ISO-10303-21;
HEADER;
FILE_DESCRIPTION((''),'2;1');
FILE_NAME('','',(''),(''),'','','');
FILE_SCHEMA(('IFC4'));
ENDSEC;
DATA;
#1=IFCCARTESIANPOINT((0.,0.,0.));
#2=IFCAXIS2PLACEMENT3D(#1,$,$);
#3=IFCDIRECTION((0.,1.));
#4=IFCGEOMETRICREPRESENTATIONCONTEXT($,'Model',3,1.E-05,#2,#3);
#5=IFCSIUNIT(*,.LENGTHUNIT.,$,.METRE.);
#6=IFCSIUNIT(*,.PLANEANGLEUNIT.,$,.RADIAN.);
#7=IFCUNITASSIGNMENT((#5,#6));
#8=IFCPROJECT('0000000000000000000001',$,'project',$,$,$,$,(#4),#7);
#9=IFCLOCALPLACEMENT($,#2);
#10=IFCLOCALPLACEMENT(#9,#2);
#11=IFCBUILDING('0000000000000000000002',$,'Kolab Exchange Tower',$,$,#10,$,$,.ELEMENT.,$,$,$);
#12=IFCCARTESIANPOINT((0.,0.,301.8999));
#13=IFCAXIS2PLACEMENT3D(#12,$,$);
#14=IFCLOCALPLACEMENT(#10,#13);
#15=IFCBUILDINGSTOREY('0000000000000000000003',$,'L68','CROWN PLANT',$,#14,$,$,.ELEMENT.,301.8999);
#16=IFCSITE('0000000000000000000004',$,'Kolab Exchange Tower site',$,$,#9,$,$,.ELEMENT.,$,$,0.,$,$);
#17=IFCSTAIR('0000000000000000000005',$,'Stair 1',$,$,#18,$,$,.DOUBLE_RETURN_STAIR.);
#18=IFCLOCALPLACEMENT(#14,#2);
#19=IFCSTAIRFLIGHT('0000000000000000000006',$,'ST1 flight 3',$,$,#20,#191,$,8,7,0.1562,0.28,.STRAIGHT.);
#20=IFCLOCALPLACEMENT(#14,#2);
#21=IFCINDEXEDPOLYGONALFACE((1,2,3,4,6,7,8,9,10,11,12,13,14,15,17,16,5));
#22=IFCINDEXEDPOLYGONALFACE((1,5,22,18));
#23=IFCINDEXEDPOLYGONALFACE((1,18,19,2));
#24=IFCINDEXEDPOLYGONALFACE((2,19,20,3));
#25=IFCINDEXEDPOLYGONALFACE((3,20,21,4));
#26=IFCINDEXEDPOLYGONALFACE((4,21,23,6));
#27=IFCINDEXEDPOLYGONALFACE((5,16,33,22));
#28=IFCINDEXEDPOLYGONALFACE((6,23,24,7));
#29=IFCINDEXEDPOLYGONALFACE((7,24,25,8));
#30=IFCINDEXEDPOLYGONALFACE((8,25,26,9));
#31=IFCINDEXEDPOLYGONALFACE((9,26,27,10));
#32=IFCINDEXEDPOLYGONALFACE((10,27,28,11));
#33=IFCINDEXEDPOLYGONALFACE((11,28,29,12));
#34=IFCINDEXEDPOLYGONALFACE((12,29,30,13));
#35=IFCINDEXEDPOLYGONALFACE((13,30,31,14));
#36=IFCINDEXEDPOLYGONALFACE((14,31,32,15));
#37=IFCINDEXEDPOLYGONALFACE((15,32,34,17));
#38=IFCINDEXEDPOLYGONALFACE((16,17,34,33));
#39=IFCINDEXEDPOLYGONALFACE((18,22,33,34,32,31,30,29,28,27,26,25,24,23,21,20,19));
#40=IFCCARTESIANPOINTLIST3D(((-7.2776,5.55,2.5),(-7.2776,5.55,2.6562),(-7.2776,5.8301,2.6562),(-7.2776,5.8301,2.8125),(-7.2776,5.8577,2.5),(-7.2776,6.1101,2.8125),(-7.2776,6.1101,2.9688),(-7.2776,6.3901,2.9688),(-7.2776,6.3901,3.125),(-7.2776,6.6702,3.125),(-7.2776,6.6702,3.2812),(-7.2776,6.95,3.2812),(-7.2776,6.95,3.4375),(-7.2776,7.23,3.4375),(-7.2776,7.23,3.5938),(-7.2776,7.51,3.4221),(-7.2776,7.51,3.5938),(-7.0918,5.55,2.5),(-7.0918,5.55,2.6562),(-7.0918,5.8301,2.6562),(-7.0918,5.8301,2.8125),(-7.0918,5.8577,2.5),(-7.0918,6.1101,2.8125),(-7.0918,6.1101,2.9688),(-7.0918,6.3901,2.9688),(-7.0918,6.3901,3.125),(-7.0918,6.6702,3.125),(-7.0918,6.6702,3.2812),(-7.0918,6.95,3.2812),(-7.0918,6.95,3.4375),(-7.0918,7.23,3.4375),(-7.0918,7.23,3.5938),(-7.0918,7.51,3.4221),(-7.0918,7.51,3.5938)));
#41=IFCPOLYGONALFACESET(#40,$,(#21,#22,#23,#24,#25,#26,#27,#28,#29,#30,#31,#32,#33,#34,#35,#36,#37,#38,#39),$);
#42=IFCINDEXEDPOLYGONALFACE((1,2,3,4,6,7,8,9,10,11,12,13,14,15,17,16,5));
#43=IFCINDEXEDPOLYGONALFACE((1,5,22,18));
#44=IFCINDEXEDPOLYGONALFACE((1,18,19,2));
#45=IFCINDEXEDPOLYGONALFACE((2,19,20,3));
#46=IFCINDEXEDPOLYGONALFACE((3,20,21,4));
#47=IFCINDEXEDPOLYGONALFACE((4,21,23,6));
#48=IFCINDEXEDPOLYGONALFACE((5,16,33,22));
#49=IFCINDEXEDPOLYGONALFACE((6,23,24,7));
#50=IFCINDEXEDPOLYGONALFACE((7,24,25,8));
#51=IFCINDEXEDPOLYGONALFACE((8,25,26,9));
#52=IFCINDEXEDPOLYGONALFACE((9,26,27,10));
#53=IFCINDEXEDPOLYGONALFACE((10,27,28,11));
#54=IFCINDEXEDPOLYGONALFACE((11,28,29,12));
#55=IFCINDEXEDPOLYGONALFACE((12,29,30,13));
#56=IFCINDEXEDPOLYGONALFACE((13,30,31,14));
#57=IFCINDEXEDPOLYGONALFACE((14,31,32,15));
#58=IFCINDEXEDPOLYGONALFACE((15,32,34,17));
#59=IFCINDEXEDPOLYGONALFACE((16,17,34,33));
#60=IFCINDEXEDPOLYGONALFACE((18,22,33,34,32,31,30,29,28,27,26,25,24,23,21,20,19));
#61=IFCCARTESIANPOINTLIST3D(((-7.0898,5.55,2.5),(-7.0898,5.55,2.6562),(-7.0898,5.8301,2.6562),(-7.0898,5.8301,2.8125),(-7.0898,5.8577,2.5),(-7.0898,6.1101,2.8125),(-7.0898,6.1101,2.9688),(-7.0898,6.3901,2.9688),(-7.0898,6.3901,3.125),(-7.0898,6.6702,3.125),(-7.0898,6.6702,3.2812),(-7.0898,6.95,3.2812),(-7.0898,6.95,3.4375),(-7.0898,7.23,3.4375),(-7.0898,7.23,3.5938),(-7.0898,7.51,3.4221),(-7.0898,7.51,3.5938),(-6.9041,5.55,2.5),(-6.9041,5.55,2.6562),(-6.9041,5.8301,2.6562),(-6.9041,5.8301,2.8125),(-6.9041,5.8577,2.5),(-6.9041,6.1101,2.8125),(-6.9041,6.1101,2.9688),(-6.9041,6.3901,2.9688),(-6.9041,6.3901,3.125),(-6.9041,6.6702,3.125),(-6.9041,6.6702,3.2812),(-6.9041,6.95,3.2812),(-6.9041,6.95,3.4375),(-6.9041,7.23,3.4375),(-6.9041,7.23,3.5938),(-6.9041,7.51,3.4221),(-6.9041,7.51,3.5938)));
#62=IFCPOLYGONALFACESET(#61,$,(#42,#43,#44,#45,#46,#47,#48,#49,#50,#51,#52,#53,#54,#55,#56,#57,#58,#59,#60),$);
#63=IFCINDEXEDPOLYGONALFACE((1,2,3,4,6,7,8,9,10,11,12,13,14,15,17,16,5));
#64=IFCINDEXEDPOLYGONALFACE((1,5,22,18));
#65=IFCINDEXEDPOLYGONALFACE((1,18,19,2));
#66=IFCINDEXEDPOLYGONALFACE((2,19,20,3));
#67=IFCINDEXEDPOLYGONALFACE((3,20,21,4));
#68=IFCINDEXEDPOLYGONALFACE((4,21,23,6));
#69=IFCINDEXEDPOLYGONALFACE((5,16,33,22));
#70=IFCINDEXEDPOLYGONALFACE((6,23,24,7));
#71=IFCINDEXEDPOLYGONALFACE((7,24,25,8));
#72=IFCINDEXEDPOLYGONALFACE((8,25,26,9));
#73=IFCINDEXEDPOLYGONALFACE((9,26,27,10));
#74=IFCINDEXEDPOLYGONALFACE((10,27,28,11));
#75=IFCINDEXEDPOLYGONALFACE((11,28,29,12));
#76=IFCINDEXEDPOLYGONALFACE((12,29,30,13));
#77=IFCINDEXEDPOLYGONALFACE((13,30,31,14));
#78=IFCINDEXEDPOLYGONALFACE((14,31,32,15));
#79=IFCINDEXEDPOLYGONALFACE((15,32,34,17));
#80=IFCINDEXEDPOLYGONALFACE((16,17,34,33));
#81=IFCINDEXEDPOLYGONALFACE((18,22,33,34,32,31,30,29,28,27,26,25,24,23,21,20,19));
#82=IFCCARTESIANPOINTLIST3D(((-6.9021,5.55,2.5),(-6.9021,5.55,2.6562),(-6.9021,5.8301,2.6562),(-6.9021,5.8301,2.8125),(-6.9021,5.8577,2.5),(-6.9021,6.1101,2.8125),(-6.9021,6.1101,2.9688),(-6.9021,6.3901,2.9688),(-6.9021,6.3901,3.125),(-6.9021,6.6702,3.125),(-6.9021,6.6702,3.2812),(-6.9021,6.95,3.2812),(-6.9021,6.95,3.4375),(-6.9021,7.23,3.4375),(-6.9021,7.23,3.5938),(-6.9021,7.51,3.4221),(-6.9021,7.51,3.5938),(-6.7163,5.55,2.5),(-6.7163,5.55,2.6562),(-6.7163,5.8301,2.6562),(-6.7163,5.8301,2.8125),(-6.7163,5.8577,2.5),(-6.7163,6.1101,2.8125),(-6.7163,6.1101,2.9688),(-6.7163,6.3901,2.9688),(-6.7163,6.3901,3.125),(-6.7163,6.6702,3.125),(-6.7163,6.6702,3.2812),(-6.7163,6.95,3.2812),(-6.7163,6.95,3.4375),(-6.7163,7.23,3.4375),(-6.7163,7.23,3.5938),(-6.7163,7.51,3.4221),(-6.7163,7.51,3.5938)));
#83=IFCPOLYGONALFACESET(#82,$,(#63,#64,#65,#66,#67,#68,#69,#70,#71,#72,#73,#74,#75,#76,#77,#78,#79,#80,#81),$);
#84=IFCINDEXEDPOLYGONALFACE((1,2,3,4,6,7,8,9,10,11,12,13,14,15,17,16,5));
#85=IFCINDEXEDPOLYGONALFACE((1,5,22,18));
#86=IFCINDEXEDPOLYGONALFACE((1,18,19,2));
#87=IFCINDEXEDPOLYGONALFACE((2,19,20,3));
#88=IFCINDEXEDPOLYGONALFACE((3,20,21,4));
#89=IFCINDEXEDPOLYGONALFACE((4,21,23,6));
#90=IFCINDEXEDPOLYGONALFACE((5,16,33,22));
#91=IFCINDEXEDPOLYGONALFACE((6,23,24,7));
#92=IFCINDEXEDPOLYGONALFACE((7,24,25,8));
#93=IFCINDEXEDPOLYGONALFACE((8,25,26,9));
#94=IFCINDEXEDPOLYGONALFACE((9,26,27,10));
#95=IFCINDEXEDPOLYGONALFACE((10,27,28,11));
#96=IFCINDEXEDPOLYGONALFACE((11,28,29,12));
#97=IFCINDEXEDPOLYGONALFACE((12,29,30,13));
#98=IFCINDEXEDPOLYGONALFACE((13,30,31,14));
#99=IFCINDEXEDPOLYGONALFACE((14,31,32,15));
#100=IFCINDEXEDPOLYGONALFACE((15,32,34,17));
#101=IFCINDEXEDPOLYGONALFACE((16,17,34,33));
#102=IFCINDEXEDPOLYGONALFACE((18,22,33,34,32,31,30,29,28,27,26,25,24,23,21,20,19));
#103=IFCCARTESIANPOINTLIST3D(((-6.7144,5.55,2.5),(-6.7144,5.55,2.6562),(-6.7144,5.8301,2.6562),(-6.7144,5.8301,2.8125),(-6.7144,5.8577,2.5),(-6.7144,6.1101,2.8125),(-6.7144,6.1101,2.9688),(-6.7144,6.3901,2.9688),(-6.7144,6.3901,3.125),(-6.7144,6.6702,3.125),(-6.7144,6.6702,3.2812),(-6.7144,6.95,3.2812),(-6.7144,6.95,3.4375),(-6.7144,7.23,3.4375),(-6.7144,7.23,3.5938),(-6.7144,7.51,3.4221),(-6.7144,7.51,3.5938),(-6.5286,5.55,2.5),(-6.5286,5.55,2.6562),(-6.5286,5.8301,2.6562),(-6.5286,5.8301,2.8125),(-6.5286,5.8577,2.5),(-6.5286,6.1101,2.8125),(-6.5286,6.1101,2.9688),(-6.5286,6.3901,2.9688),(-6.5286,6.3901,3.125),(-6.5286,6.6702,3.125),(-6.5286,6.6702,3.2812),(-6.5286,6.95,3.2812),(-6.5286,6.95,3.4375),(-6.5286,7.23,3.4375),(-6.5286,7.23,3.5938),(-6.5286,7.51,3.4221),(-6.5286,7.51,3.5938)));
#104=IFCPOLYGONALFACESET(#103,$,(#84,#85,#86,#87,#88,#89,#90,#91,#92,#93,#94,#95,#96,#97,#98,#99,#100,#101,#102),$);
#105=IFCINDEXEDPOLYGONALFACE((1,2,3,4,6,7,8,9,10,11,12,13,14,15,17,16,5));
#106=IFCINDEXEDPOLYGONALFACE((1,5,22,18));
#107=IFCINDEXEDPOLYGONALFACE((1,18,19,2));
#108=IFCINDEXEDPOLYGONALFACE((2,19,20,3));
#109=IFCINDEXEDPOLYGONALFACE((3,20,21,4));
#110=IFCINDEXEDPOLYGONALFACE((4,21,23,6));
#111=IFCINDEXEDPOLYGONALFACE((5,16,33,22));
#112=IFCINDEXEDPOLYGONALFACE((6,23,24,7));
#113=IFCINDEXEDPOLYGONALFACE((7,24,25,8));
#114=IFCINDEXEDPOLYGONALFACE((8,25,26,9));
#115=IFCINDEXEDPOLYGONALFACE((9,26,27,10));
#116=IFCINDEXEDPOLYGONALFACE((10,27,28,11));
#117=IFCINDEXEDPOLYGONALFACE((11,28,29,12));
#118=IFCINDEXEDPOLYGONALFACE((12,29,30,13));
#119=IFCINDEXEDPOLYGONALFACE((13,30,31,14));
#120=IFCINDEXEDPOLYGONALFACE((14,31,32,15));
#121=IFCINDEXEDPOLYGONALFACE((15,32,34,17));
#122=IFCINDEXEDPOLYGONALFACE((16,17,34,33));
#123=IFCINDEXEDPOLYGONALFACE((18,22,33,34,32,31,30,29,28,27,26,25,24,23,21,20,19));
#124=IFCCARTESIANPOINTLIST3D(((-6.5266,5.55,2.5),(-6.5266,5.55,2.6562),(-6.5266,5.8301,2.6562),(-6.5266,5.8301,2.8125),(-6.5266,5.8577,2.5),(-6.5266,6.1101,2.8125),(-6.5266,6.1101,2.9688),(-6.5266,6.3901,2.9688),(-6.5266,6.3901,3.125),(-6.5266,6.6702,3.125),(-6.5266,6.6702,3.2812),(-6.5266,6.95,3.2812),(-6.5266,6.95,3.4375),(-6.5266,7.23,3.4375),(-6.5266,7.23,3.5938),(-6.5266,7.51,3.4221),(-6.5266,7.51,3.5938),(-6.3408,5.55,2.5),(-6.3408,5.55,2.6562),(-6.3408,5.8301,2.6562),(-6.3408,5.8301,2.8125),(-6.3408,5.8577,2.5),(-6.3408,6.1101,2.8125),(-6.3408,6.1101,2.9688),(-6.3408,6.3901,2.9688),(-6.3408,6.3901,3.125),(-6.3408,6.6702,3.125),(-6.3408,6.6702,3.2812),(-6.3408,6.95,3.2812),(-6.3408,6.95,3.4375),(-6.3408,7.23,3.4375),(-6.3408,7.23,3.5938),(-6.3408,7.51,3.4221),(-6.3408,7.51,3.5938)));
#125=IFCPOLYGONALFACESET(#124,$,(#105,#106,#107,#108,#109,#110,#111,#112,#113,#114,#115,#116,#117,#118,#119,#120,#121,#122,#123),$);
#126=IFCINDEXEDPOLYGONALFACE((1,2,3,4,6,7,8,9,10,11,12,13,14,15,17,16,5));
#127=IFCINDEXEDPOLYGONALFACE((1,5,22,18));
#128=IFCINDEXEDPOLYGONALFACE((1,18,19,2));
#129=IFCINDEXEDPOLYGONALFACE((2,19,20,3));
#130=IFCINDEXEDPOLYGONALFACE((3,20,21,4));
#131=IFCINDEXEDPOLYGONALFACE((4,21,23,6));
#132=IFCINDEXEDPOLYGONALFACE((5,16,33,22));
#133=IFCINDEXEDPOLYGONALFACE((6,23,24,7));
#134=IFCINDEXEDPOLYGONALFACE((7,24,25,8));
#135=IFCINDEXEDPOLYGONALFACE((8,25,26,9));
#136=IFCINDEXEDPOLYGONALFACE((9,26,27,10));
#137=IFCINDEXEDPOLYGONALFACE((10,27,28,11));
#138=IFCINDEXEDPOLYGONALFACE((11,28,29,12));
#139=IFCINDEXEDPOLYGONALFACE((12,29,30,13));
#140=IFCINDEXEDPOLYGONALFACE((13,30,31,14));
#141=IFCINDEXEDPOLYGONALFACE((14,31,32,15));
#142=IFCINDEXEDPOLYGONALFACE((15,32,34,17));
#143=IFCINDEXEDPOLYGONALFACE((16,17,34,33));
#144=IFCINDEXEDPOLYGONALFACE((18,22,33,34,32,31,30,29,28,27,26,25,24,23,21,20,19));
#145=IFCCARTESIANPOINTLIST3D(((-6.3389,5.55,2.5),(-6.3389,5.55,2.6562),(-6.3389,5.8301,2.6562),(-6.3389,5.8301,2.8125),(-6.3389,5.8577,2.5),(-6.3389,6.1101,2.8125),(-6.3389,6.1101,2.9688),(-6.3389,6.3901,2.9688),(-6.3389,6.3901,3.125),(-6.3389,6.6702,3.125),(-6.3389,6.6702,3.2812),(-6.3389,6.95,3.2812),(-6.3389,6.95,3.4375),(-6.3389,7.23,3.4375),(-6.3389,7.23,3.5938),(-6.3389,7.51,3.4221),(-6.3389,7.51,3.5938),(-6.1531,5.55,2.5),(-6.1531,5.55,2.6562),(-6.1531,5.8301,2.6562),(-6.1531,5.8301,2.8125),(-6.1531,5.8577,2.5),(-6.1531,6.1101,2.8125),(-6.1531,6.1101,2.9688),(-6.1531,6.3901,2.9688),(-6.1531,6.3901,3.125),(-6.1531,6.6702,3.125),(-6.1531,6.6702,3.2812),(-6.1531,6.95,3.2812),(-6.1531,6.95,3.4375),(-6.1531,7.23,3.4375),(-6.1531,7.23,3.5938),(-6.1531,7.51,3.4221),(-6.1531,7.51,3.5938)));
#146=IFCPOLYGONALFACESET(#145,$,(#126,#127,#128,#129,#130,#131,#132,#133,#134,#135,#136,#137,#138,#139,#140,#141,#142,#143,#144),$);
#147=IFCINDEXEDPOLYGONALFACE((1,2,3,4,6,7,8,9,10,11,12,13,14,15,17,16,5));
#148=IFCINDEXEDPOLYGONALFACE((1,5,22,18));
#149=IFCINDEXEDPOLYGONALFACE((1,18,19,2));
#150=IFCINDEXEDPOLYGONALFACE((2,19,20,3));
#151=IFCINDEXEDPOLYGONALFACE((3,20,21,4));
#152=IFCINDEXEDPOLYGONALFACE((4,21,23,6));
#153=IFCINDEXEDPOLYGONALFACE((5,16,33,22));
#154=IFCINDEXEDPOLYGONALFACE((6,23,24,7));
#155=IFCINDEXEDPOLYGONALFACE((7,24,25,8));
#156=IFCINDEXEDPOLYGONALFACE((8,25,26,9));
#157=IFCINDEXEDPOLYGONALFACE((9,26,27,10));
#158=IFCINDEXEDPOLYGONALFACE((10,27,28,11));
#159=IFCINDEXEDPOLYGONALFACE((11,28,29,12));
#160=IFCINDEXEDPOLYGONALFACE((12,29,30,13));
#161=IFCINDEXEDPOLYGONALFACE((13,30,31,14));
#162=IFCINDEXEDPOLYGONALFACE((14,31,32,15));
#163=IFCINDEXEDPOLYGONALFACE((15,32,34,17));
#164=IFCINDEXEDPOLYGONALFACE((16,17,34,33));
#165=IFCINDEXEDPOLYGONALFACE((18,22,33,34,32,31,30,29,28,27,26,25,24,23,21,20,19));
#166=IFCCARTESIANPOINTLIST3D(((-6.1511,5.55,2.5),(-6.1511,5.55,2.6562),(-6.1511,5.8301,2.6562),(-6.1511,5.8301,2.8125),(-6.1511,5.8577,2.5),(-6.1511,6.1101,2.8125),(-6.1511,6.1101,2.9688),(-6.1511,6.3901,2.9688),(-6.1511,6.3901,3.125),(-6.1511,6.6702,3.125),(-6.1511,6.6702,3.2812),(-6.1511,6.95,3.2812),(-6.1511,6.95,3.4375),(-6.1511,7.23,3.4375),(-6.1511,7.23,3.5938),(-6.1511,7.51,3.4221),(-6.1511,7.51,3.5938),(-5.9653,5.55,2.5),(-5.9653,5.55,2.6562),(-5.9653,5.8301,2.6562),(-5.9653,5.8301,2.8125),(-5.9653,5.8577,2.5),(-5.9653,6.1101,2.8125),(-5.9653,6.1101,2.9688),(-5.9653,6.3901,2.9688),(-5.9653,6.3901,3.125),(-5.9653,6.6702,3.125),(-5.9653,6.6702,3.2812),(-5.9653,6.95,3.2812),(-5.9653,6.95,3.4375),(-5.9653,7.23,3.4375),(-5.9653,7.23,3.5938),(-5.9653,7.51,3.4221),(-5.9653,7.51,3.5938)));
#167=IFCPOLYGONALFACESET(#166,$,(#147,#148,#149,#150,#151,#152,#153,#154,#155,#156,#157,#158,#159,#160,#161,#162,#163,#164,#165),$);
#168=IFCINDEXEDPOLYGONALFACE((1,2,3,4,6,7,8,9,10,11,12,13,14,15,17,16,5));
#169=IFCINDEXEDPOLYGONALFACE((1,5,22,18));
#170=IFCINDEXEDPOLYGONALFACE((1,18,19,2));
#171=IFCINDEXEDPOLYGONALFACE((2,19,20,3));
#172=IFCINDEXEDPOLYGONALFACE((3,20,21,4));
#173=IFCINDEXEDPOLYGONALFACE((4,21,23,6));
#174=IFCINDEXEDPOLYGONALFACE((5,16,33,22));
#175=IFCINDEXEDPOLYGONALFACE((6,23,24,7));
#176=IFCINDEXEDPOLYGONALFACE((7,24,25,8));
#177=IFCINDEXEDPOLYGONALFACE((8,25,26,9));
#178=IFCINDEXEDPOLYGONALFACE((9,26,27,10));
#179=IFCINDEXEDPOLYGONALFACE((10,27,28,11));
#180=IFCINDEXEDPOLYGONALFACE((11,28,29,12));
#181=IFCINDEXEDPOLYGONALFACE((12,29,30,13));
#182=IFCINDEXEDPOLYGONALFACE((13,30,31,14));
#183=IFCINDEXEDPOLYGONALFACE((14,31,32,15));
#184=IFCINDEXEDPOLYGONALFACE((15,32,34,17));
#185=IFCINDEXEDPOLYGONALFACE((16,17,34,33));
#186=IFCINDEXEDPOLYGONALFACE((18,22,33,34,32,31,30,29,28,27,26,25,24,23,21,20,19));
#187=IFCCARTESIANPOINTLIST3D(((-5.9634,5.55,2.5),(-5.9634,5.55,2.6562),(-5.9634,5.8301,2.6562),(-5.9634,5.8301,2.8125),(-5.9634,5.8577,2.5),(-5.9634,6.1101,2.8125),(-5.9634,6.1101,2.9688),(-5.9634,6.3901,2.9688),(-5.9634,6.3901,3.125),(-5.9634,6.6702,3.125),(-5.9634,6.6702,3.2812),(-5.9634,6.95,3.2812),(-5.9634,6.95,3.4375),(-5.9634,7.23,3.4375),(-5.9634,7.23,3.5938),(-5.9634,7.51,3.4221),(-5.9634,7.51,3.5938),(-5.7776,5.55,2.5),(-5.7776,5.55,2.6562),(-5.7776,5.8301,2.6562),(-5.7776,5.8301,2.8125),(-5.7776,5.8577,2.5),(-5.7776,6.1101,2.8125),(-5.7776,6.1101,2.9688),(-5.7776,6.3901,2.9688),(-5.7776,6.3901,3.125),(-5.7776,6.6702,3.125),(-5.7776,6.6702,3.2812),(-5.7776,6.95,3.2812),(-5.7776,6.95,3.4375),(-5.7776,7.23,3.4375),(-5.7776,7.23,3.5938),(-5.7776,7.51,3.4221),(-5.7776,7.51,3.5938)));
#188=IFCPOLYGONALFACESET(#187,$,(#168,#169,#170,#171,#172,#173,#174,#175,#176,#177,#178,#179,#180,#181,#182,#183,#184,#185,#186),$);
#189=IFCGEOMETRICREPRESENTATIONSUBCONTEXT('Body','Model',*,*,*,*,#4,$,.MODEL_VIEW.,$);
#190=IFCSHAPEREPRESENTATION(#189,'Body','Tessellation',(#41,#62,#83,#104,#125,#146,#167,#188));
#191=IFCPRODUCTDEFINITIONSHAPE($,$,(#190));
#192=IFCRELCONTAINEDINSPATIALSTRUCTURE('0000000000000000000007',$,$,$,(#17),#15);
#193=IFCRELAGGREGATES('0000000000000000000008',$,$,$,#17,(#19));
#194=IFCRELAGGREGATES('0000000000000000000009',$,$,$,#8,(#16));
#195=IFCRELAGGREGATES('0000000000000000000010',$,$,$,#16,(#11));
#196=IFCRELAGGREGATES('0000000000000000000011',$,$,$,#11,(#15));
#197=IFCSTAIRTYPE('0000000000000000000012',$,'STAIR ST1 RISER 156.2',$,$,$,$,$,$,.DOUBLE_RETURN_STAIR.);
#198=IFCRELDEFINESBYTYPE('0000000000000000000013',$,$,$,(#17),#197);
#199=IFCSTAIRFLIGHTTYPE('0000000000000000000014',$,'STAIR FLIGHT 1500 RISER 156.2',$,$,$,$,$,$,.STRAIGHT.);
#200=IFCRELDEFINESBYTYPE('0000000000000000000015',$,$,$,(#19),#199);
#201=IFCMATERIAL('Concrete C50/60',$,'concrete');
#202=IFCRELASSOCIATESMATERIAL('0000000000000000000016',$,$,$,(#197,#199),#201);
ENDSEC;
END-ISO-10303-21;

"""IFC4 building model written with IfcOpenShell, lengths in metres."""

from ifc_helpers import new_model, si_unit, direction, frame, origin, place, context, subcontext, project, spatial, polyline, outline, extrude, material, type_object, element, aggregate, save


model = new_model("IFC4")

# Units and contexts
model_context = context("Model", 3, precision=1e-05, world=origin(), true_north=direction((0.0, 1.0)))
body_context = subcontext(model_context, "Body", "Model", "MODEL_VIEW")
ifc_project = project(units=[si_unit("LENGTHUNIT", "METRE"), si_unit("PLANEANGLEUNIT", "RADIAN")], contexts=[model_context])

# Site, building, storey
site_placement = place(None, origin())
site = spatial("IfcSite", under=ifc_project, at=site_placement, Name="Kolab Exchange Tower site", CompositionType="ELEMENT", RefElevation=0.0)
building_placement = place(site_placement, origin())
building = spatial("IfcBuilding", under=site, at=building_placement, Name="Kolab Exchange Tower", CompositionType="ELEMENT")
storey_placement = place(building_placement, frame((0.0, 0.0, 301.8999)))
storey = spatial("IfcBuildingStorey", under=building, at=storey_placement, Name="L68", Description="CROWN PLANT", CompositionType="ELEMENT", Elevation=301.8999)

# Shared definitions
ifc_material_1 = material(Name="Concrete C50/60", Category="concrete")

# Stair, stair flight
stair_type = type_object("IfcStairType", Name="STAIR ST1 RISER 156.2", PredefinedType="DOUBLE_RETURN_STAIR", material=ifc_material_1)
stair_placement = place(storey_placement, origin())
stair = element("IfcStair", 1, at=stair_placement, inside=storey, type_object=stair_type, Name="Stair 1", PredefinedType="DOUBLE_RETURN_STAIR")
stair_flight_type = type_object("IfcStairFlightType", Name="STAIR FLIGHT 1500 RISER 156.2", PredefinedType="STRAIGHT", material=ifc_material_1)
stair_flight_1_placement = place(storey_placement, frame((-6.5276, 5.55, 2.5), z_axis=(0.0, 0.0, 1.0), x_axis=(0.0, 1.0, 0.0)))
stair_flight_1 = element("IfcStairFlight", 2, at=stair_flight_1_placement, type_object=stair_flight_type, Name="ST1 flight 3", NumberOfRisers=8, NumberOfTreads=7, PredefinedType="STRAIGHT", RiserHeight=0.1562, TreadLength=0.28, context=body_context, shape_type="SweptSolid", body=[
    extrude(outline(polyline([(0.0, 0.0), (0.0, 0.1562), (0.28, 0.1562), (0.28, 0.3125), (0.5601, 0.3125), (0.5601, 0.4688), (0.8401, 0.4688), (0.8401, 0.625), (1.1201, 0.625), (1.1201, 0.7812), (1.3999, 0.7812), (1.3999, 0.9375), (1.6799, 0.9375), (1.6799, 1.0938), (1.96, 1.0938), (1.96, 1.25), (1.96, 0.9221), (0.3076, 0.0), (0.0, 0.0)])), frame((0.0, 0.75, 0.0), z_axis=(0.0, -1.0, 0.0), x_axis=(1.0, 0.0, 0.0)), (0.0, 0.0, 1.0), 0.1858),
    extrude(outline(polyline([(0.0, 0.0), (0.0, 0.1562), (0.28, 0.1562), (0.28, 0.3125), (0.5601, 0.3125), (0.5601, 0.4688), (0.8401, 0.4688), (0.8401, 0.625), (1.1201, 0.625), (1.1201, 0.7812), (1.3999, 0.7812), (1.3999, 0.9375), (1.6799, 0.9375), (1.6799, 1.0938), (1.96, 1.0938), (1.96, 1.25), (1.96, 0.9221), (0.3076, 0.0), (0.0, 0.0)])), frame((0.0, 0.5623, 0.0), z_axis=(0.0, -1.0, 0.0), x_axis=(1.0, 0.0, 0.0)), (0.0, 0.0, 1.0), 0.1858),
    extrude(outline(polyline([(0.0, 0.0), (0.0, 0.1562), (0.28, 0.1562), (0.28, 0.3125), (0.5601, 0.3125), (0.5601, 0.4688), (0.8401, 0.4688), (0.8401, 0.625), (1.1201, 0.625), (1.1201, 0.7812), (1.3999, 0.7812), (1.3999, 0.9375), (1.6799, 0.9375), (1.6799, 1.0938), (1.96, 1.0938), (1.96, 1.25), (1.96, 0.9221), (0.3076, 0.0), (0.0, 0.0)])), frame((0.0, 0.3745, 0.0), z_axis=(0.0, -1.0, 0.0), x_axis=(1.0, 0.0, 0.0)), (0.0, 0.0, 1.0), 0.1858),
    extrude(outline(polyline([(0.0, 0.0), (0.0, 0.1562), (0.28, 0.1562), (0.28, 0.3125), (0.5601, 0.3125), (0.5601, 0.4688), (0.8401, 0.4688), (0.8401, 0.625), (1.1201, 0.625), (1.1201, 0.7812), (1.3999, 0.7812), (1.3999, 0.9375), (1.6799, 0.9375), (1.6799, 1.0938), (1.96, 1.0938), (1.96, 1.25), (1.96, 0.9221), (0.3076, 0.0), (0.0, 0.0)])), frame((0.0, 0.1868, 0.0), z_axis=(0.0, -1.0, 0.0), x_axis=(1.0, 0.0, 0.0)), (0.0, 0.0, 1.0), 0.1858),
    extrude(outline(polyline([(0.0, 0.0), (0.0, 0.1562), (0.28, 0.1562), (0.28, 0.3125), (0.5601, 0.3125), (0.5601, 0.4688), (0.8401, 0.4688), (0.8401, 0.625), (1.1201, 0.625), (1.1201, 0.7812), (1.3999, 0.7812), (1.3999, 0.9375), (1.6799, 0.9375), (1.6799, 1.0938), (1.96, 1.0938), (1.96, 1.25), (1.96, 0.9221), (0.3076, 0.0), (0.0, 0.0)])), frame((0.0, -0.001, 0.0), z_axis=(0.0, -1.0, 0.0), x_axis=(1.0, 0.0, 0.0)), (0.0, 0.0, 1.0), 0.1858),
    extrude(outline(polyline([(0.0, 0.0), (0.0, 0.1562), (0.28, 0.1562), (0.28, 0.3125), (0.5601, 0.3125), (0.5601, 0.4688), (0.8401, 0.4688), (0.8401, 0.625), (1.1201, 0.625), (1.1201, 0.7812), (1.3999, 0.7812), (1.3999, 0.9375), (1.6799, 0.9375), (1.6799, 1.0938), (1.96, 1.0938), (1.96, 1.25), (1.96, 0.9221), (0.3076, 0.0), (0.0, 0.0)])), frame((0.0, -0.1887, 0.0), z_axis=(0.0, -1.0, 0.0), x_axis=(1.0, 0.0, 0.0)), (0.0, 0.0, 1.0), 0.1858),
    extrude(outline(polyline([(0.0, 0.0), (0.0, 0.1562), (0.28, 0.1562), (0.28, 0.3125), (0.5601, 0.3125), (0.5601, 0.4688), (0.8401, 0.4688), (0.8401, 0.625), (1.1201, 0.625), (1.1201, 0.7812), (1.3999, 0.7812), (1.3999, 0.9375), (1.6799, 0.9375), (1.6799, 1.0938), (1.96, 1.0938), (1.96, 1.25), (1.96, 0.9221), (0.3076, 0.0), (0.0, 0.0)])), frame((0.0, -0.3765, 0.0), z_axis=(0.0, -1.0, 0.0), x_axis=(1.0, 0.0, 0.0)), (0.0, 0.0, 1.0), 0.1858),
    extrude(outline(polyline([(0.0, 0.0), (0.0, 0.1562), (0.28, 0.1562), (0.28, 0.3125), (0.5601, 0.3125), (0.5601, 0.4688), (0.8401, 0.4688), (0.8401, 0.625), (1.1201, 0.625), (1.1201, 0.7812), (1.3999, 0.7812), (1.3999, 0.9375), (1.6799, 0.9375), (1.6799, 1.0938), (1.96, 1.0938), (1.96, 1.25), (1.96, 0.9221), (0.3076, 0.0), (0.0, 0.0)])), frame((0.0, -0.5642, 0.0), z_axis=(0.0, -1.0, 0.0), x_axis=(1.0, 0.0, 0.0)), (0.0, 0.0, 1.0), 0.1858),
])
aggregate(stair, [stair_flight_1])

save(model, "model.ifc")
